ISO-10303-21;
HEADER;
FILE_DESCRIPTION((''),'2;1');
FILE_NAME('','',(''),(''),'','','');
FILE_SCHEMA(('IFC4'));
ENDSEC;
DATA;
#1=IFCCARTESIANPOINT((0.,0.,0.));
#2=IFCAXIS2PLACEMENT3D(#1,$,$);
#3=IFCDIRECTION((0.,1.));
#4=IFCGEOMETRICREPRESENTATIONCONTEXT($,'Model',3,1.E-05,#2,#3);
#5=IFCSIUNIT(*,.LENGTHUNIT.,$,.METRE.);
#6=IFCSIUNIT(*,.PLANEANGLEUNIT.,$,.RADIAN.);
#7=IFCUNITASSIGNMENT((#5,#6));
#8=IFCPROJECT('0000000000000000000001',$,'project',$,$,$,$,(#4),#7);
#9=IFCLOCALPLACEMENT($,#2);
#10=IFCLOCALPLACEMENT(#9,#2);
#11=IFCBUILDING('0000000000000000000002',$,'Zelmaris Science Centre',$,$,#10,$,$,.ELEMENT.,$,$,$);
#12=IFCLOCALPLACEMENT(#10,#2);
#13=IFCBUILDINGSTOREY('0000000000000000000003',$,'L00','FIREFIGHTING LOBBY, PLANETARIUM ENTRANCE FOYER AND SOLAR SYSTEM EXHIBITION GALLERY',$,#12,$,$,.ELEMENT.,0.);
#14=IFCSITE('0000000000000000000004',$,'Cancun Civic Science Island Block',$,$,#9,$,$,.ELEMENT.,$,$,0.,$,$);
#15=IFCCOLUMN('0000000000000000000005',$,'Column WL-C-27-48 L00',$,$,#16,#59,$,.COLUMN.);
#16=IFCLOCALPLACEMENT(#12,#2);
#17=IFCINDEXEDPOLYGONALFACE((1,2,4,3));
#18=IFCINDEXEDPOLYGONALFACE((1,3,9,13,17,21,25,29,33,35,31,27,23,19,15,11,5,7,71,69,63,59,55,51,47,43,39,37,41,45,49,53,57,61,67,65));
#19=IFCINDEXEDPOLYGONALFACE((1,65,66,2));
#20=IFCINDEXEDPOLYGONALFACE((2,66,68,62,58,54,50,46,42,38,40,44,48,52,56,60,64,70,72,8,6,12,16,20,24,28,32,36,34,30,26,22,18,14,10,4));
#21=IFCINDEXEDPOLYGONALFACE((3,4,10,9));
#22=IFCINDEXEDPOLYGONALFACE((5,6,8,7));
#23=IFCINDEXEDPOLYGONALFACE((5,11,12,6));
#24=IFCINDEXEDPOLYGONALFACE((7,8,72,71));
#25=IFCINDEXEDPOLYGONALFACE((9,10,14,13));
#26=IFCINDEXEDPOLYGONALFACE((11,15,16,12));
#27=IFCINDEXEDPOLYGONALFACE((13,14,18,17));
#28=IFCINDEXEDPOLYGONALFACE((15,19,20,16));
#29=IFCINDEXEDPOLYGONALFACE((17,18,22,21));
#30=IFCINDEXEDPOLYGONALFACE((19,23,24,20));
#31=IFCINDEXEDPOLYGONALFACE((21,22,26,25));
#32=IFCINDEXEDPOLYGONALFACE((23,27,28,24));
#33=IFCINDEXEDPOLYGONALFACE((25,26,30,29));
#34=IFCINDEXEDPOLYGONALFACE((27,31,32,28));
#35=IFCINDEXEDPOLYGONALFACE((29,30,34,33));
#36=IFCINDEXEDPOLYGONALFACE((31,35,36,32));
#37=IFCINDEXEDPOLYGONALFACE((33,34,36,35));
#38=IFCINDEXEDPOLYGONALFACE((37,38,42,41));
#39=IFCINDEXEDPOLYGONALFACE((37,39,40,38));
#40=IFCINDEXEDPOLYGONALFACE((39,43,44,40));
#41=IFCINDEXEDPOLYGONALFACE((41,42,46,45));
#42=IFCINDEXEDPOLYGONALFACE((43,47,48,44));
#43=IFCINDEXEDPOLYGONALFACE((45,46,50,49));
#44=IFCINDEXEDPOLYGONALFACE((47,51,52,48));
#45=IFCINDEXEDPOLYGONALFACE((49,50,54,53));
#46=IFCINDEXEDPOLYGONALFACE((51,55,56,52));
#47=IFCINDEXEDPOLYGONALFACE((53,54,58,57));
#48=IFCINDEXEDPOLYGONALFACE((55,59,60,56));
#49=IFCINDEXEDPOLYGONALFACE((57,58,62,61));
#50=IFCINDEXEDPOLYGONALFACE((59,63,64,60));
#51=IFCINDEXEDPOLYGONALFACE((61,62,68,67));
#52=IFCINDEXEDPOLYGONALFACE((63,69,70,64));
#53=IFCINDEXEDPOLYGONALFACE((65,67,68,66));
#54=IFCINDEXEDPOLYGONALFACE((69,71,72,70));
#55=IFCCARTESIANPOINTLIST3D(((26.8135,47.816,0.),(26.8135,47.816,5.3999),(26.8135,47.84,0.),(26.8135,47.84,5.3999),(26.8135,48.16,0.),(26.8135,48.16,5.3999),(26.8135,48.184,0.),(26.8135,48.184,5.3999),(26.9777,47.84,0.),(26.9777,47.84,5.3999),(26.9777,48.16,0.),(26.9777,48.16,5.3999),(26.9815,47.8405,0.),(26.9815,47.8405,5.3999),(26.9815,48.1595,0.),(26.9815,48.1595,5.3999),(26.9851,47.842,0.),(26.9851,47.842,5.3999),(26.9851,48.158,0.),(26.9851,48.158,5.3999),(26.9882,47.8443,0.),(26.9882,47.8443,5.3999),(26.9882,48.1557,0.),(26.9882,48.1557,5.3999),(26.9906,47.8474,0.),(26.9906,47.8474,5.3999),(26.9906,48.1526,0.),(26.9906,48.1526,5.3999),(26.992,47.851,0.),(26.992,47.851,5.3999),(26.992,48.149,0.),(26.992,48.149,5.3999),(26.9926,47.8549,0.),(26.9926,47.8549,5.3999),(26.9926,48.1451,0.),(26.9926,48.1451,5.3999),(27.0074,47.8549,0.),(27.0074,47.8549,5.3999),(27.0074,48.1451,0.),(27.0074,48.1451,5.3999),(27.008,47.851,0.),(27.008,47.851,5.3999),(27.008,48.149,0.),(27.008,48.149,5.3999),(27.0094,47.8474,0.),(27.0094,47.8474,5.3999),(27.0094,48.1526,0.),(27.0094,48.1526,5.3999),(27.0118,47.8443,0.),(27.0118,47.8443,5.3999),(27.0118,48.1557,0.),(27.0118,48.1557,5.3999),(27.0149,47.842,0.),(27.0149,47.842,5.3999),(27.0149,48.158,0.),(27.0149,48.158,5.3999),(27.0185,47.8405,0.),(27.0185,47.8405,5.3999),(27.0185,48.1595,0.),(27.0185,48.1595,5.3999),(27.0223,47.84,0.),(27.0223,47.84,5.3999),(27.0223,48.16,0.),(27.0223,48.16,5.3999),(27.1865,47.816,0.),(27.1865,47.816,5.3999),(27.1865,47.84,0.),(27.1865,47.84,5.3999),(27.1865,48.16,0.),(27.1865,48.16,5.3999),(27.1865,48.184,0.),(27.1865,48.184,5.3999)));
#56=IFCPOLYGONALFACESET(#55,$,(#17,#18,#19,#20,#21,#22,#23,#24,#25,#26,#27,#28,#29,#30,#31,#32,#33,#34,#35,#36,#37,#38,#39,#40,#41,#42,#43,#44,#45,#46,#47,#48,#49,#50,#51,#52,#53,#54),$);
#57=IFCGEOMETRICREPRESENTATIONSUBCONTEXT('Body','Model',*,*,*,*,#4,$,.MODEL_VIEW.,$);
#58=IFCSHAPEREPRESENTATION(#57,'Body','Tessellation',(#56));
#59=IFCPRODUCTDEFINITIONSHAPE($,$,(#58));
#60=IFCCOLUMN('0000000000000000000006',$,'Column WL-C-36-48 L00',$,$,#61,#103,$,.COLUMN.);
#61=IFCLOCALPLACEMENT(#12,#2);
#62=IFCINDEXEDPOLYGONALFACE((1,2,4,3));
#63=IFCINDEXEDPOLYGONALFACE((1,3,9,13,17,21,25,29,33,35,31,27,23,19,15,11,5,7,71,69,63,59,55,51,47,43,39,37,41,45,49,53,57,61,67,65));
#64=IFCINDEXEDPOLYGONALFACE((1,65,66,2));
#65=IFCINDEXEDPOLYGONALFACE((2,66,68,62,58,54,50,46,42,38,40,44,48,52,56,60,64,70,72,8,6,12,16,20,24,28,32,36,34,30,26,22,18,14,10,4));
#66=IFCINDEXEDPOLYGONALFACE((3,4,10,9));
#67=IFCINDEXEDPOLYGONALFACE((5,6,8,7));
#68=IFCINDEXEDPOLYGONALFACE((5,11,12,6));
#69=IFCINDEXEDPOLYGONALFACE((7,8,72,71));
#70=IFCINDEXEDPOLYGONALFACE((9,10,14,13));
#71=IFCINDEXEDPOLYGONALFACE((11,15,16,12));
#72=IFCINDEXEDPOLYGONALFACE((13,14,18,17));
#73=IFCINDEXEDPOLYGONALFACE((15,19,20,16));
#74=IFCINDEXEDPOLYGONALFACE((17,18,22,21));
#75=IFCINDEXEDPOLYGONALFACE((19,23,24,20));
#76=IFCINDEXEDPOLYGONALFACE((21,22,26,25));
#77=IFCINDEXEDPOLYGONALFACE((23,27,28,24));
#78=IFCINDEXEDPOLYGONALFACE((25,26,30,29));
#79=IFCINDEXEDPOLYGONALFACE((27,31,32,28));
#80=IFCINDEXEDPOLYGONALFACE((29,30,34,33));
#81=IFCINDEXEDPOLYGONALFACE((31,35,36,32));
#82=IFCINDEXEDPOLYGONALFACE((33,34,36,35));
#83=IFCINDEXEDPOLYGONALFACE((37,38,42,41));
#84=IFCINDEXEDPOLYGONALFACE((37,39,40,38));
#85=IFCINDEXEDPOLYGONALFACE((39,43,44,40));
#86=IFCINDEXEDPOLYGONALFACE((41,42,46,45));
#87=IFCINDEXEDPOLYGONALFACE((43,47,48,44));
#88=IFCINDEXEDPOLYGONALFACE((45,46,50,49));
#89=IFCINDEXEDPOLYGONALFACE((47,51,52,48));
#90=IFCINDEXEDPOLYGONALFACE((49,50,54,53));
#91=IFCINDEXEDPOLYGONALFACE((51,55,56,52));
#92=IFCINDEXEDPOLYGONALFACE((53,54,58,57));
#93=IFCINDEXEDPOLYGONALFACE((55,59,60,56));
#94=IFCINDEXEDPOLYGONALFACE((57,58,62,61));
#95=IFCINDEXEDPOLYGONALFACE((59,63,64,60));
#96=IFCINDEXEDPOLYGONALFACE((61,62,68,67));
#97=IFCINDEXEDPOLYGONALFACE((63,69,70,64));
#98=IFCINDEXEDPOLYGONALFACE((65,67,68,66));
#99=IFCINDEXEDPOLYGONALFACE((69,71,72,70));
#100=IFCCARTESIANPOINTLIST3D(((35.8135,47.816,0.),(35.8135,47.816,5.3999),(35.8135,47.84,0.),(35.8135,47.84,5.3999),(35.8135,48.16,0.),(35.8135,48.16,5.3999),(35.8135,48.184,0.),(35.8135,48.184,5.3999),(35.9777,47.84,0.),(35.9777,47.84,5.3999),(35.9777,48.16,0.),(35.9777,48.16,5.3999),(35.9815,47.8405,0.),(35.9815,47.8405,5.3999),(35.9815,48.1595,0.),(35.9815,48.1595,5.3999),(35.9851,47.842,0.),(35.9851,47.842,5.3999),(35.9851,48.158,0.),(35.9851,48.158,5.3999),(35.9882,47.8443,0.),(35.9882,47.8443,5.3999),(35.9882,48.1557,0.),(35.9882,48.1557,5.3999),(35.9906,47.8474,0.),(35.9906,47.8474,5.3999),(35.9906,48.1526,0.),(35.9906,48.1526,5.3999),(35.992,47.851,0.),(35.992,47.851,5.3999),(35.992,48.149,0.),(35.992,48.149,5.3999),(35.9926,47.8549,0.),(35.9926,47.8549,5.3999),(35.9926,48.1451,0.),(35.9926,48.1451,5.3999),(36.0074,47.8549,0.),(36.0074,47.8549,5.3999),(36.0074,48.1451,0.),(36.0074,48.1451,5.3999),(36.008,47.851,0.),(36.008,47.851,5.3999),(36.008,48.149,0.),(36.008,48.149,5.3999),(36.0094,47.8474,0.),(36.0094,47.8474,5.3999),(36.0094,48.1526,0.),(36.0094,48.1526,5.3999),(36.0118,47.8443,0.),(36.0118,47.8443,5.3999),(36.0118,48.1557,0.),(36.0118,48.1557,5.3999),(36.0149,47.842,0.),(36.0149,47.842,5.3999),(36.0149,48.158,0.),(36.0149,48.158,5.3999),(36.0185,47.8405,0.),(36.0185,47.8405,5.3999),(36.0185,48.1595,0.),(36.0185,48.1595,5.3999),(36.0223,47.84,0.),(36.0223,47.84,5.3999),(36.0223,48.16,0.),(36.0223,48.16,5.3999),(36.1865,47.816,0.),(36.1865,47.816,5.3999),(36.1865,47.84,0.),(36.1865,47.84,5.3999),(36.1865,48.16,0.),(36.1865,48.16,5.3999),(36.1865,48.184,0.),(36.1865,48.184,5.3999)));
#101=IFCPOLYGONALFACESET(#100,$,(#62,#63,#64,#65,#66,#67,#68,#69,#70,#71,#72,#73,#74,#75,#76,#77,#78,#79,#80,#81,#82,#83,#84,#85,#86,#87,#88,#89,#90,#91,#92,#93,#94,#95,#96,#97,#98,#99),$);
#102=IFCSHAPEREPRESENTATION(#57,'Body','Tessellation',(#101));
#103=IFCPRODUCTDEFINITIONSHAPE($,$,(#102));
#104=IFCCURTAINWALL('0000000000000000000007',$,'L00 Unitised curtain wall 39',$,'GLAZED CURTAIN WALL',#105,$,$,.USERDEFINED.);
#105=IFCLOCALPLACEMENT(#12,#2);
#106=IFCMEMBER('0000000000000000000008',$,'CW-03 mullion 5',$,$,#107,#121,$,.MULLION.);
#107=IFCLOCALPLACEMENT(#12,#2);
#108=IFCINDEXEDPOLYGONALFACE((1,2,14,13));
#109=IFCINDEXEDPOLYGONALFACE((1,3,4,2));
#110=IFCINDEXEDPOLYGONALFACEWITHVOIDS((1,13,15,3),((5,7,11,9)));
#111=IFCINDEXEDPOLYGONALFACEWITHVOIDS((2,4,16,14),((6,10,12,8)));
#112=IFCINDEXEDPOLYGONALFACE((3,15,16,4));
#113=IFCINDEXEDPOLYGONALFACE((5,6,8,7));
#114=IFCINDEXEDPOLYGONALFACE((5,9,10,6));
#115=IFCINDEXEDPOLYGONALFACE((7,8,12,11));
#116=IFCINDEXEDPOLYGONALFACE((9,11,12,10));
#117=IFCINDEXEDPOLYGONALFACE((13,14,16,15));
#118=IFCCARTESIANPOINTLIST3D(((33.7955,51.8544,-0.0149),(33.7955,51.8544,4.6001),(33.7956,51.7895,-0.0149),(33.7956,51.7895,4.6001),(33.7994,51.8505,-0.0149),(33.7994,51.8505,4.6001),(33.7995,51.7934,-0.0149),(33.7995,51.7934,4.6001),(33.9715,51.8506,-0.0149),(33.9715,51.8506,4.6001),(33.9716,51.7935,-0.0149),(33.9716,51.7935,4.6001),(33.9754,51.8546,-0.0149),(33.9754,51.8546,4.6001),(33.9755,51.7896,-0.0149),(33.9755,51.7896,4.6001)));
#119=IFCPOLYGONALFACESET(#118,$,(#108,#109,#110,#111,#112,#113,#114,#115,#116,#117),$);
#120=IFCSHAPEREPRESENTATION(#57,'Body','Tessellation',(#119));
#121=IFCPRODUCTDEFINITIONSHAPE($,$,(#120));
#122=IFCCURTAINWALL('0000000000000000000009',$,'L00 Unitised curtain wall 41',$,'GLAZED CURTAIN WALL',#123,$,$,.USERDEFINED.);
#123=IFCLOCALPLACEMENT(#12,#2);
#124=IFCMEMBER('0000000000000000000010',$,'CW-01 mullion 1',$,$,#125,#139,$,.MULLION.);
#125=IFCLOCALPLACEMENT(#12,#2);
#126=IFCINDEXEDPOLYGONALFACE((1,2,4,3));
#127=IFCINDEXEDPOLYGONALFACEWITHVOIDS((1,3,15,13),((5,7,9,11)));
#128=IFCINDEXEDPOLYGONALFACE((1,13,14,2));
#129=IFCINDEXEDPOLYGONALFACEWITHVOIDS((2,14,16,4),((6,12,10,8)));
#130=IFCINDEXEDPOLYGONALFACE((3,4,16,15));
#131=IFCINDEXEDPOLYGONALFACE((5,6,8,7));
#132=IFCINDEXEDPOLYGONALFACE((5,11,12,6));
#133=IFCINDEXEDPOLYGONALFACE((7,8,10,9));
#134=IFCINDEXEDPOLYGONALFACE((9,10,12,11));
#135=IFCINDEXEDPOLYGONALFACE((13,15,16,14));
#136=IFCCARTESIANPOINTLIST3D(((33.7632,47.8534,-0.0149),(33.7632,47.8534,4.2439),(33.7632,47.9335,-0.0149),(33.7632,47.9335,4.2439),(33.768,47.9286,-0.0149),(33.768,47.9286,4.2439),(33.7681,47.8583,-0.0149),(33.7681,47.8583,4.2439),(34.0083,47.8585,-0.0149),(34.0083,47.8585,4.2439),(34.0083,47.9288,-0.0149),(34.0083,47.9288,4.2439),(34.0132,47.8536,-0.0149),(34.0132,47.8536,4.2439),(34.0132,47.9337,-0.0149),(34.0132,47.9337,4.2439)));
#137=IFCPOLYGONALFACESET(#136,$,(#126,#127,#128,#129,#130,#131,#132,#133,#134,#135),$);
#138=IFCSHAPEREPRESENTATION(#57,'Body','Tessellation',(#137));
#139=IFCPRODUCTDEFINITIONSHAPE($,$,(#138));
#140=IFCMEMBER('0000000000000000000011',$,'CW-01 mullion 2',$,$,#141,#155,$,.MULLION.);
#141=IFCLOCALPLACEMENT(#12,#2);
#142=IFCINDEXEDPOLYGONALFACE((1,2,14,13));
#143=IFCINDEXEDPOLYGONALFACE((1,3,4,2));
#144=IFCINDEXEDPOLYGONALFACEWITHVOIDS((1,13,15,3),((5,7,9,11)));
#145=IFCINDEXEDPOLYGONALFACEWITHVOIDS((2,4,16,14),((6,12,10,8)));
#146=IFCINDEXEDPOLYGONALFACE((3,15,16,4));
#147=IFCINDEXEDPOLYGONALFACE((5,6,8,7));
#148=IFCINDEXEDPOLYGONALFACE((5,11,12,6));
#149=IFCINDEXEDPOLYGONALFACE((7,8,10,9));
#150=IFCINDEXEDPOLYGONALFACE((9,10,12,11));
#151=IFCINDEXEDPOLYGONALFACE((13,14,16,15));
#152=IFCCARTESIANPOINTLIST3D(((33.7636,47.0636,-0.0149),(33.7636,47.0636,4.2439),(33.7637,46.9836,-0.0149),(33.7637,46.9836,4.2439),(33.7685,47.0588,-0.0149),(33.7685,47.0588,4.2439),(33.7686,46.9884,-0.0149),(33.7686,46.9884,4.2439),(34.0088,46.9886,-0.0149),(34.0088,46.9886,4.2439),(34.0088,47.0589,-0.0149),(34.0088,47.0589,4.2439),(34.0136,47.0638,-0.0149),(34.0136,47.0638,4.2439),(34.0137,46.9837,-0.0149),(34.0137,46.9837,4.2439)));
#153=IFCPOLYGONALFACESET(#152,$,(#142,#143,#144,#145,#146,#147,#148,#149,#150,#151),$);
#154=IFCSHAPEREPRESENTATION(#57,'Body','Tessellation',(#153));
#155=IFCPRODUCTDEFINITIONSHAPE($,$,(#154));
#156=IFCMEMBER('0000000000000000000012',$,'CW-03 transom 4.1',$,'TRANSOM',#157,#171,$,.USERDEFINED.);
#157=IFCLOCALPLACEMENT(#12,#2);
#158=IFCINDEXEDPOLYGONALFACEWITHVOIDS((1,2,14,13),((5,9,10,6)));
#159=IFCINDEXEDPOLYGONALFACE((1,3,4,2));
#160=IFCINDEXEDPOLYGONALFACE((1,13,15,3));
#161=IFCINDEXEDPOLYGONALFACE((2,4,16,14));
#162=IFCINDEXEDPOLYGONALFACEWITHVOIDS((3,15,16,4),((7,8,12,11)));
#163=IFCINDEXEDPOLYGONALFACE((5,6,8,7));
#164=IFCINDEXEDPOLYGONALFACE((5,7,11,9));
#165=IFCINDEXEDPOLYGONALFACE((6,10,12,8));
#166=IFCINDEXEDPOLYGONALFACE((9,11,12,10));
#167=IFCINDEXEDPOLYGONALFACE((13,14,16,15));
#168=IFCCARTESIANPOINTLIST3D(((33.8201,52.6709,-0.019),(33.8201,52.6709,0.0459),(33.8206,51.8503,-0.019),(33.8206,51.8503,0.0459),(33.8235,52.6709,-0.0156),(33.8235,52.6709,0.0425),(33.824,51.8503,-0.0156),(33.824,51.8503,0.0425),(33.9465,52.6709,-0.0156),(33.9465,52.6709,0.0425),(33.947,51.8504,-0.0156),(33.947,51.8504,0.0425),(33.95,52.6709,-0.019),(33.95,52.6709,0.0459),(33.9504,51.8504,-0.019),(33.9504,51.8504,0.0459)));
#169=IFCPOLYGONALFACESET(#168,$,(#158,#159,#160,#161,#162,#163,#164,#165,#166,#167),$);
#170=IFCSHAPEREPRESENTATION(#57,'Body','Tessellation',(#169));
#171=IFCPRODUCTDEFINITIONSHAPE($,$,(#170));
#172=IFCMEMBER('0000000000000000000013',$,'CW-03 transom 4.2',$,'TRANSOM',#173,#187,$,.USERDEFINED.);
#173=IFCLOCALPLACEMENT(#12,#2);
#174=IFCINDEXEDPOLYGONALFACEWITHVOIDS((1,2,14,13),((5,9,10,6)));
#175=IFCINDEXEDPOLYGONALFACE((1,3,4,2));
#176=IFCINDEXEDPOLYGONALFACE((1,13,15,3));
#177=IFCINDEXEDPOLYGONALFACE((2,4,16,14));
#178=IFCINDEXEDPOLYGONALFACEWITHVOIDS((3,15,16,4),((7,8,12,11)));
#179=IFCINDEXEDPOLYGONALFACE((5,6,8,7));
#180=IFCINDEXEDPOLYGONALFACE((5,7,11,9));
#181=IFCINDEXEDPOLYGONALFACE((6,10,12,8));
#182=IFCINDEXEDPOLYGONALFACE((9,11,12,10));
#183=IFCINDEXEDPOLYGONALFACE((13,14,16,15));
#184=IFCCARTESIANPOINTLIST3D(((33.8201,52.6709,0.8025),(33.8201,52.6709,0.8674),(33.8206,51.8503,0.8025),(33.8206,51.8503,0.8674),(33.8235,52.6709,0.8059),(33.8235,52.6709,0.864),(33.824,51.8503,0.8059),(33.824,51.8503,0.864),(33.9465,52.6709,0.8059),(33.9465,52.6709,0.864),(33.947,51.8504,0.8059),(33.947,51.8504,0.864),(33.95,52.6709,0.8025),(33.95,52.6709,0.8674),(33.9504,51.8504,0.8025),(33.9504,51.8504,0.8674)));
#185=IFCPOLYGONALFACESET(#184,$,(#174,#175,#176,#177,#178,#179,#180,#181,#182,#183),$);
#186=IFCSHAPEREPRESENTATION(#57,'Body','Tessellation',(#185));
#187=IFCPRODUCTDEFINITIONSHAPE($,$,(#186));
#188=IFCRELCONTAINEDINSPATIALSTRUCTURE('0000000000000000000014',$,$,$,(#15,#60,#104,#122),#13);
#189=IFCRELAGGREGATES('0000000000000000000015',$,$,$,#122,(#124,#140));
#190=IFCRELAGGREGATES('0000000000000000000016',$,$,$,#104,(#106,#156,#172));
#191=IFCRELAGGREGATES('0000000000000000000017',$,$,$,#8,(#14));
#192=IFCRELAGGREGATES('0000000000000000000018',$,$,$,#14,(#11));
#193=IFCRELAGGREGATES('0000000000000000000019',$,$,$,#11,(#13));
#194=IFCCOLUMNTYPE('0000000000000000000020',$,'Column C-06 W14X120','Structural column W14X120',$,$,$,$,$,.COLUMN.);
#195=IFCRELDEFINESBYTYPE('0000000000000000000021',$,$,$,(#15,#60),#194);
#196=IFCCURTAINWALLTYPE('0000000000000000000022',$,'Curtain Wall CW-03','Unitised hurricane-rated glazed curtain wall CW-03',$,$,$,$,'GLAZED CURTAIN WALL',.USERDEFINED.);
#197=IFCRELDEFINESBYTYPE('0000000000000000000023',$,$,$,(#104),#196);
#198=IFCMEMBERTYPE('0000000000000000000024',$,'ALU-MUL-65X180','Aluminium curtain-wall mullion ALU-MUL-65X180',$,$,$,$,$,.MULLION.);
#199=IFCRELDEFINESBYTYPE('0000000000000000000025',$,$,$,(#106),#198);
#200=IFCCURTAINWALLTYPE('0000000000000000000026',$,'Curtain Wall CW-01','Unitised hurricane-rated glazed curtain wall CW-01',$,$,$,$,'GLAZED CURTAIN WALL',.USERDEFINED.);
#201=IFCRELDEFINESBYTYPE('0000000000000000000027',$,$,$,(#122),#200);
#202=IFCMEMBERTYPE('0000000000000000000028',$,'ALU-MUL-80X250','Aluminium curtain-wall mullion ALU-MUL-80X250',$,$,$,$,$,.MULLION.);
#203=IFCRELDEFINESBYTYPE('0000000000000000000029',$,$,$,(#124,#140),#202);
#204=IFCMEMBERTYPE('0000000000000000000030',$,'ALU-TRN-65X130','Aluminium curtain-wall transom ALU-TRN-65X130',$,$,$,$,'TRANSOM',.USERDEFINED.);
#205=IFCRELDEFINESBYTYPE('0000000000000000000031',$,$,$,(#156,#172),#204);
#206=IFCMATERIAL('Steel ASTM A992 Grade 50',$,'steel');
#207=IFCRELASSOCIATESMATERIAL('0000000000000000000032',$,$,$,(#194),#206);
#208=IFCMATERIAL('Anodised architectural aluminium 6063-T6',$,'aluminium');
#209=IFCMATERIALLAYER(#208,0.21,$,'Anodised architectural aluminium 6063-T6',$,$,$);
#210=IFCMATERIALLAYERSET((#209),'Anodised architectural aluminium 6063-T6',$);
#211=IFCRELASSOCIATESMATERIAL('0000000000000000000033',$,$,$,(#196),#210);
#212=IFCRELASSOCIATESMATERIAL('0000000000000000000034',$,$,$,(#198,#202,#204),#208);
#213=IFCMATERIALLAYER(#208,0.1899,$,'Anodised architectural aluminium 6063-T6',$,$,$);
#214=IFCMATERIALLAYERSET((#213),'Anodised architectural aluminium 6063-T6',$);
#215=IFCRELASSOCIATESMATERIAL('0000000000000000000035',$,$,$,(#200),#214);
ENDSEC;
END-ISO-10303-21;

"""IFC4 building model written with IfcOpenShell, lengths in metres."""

from ifc_helpers import new_model, si_unit, direction, frame, origin, origin_2d, place, context, subcontext, project, spatial, hollow_rectangle, i_section, extrude, material, layer, layer_set, material_profile, profile_set, type_object, element, aggregate, save


model = new_model("IFC4")

# Units and contexts
model_context = context("Model", 3, precision=1e-05, world=origin(), true_north=direction((0.0, 1.0)))
body_context = subcontext(model_context, "Body", "Model", "MODEL_VIEW")
ifc_project = project(units=[si_unit("LENGTHUNIT", "METRE"), si_unit("PLANEANGLEUNIT", "RADIAN")], contexts=[model_context])

# Site, building, storey
site_placement = place(None, origin())
site = spatial("IfcSite", under=ifc_project, at=site_placement, Name="Cancun Civic Science Island Block", CompositionType="ELEMENT", RefElevation=0.0)
building_placement = place(site_placement, origin())
building = spatial("IfcBuilding", under=site, at=building_placement, Name="Zelmaris Science Centre", CompositionType="ELEMENT")
storey_placement = place(building_placement, origin())
storey = spatial("IfcBuildingStorey", under=building, at=storey_placement, Name="L00", Description="FIREFIGHTING LOBBY, PLANETARIUM ENTRANCE FOYER AND SOLAR SYSTEM EXHIBITION GALLERY", CompositionType="ELEMENT", Elevation=0.0)

# Columns
ifc_material_1 = material(Name="Steel ASTM A992 Grade 50", Category="steel")
ifc_material_profile_1 = material_profile(ifc_material_1, i_section(OverallWidth=0.373, OverallDepth=0.3679, WebThickness=0.0149, FlangeThickness=0.0239, FilletRadius=0.0149, at=origin_2d()), Name="W14X120")
ifc_profile_set_1 = profile_set([ifc_material_profile_1], Name="Steel ASTM A992 Grade 50")
column_type = type_object("IfcColumnType", Name="Column C-06 W14X120", Description="Structural column W14X120", PredefinedType="COLUMN", material=ifc_profile_set_1)
for number, where, z_axis, x_axis, name in (
    (1, (27.0, 48.0, 0.0), (0.0, 0.0, 1.0), (1.0, 0.0, 0.0), "Column WL-C-27-48 L00"),
    (2, (36.0, 48.0, 0.0), (0.0, 0.0, 1.0), (1.0, 0.0, 0.0), "Column WL-C-36-48 L00"),
):
    element("IfcColumn", number, at=place(storey_placement, frame(where, z_axis=z_axis, x_axis=x_axis)), inside=storey, type_object=column_type, Name=name, PredefinedType="COLUMN", context=body_context, shape_type="SweptSolid", body=[
        extrude(i_section(OverallWidth=0.373, OverallDepth=0.3679, WebThickness=0.0149, FlangeThickness=0.0239, FilletRadius=0.0149, at=origin_2d()), origin(), (0.0, 0.0, 1.0), 5.3999),
    ])

# Curtain wall, member
ifc_material_2 = material(Name="Anodised architectural aluminium 6063-T6", Category="aluminium")
ifc_layer_1 = layer(ifc_material_2, 0.21, Name="Anodised architectural aluminium 6063-T6")
ifc_layer_set_1 = layer_set([ifc_layer_1], Name="Anodised architectural aluminium 6063-T6")
curtain_wall_type_1 = type_object("IfcCurtainWallType", Name="Curtain Wall CW-03", Description="Unitised hurricane-rated glazed curtain wall CW-03", ElementType="GLAZED CURTAIN WALL", PredefinedType="USERDEFINED", material=ifc_layer_set_1)
curtain_wall_1_placement = place(storey_placement, origin())
curtain_wall_1 = element("IfcCurtainWall", 3, at=curtain_wall_1_placement, inside=storey, type_object=curtain_wall_type_1, Name="L00 Unitised curtain wall 39", ObjectType="GLAZED CURTAIN WALL", PredefinedType="USERDEFINED")
ifc_material_profile_2 = material_profile(ifc_material_2, hollow_rectangle(XDim=0.0649, YDim=0.1799, WallThickness=0.0039, at=origin_2d()), Name="ALU-MUL-65X180")
ifc_profile_set_2 = profile_set([ifc_material_profile_2], Name="Anodised architectural aluminium 6063-T6")
member_type_1 = type_object("IfcMemberType", Name="ALU-MUL-65X180", Description="Aluminium curtain-wall mullion ALU-MUL-65X180", PredefinedType="MULLION", material=ifc_profile_set_2)
member_1_placement = place(storey_placement, frame((33.8855, 51.822, -0.0149), z_axis=(0.0, 0.0, 1.0), x_axis=(0.000693, -1.0, 0.0)))
member_1 = element("IfcMember", 4, at=member_1_placement, type_object=member_type_1, Name="CW-03 mullion 5", PredefinedType="MULLION", context=body_context, shape_type="SweptSolid", body=[
    extrude(hollow_rectangle(XDim=0.0649, YDim=0.1799, WallThickness=0.0039, at=origin_2d()), origin(), (0.0, 0.0, 1.0), 4.615),
])

# Curtain wall, members
ifc_layer_2 = layer(ifc_material_2, 0.1899, Name="Anodised architectural aluminium 6063-T6")
ifc_layer_set_2 = layer_set([ifc_layer_2], Name="Anodised architectural aluminium 6063-T6")
curtain_wall_type_2 = type_object("IfcCurtainWallType", Name="Curtain Wall CW-01", Description="Unitised hurricane-rated glazed curtain wall CW-01", ElementType="GLAZED CURTAIN WALL", PredefinedType="USERDEFINED", material=ifc_layer_set_2)
curtain_wall_2_placement = place(storey_placement, origin())
curtain_wall_2 = element("IfcCurtainWall", 5, at=curtain_wall_2_placement, inside=storey, type_object=curtain_wall_type_2, Name="L00 Unitised curtain wall 41", ObjectType="GLAZED CURTAIN WALL", PredefinedType="USERDEFINED")
ifc_material_profile_3 = material_profile(ifc_material_2, hollow_rectangle(XDim=0.0801, YDim=0.25, WallThickness=0.0049, at=origin_2d()), Name="ALU-MUL-80X250")
ifc_profile_set_3 = profile_set([ifc_material_profile_3], Name="Anodised architectural aluminium 6063-T6")
member_type_2 = type_object("IfcMemberType", Name="ALU-MUL-80X250", Description="Aluminium curtain-wall mullion ALU-MUL-80X250", PredefinedType="MULLION", material=ifc_profile_set_3)
member_2_placement = place(storey_placement, frame((33.8882, 47.8936, -0.0149), z_axis=(0.0, 0.0, 1.0), x_axis=(0.000693, -1.0, 0.0)))
member_2 = element("IfcMember", 6, at=member_2_placement, type_object=member_type_2, Name="CW-01 mullion 1", PredefinedType="MULLION", context=body_context, shape_type="SweptSolid", body=[
    extrude(hollow_rectangle(XDim=0.0801, YDim=0.25, WallThickness=0.0049, at=origin_2d()), origin(), (0.0, 0.0, 1.0), 4.2588),
])
member_3_placement = place(storey_placement, frame((33.8887, 47.0237, -0.0149), z_axis=(0.0, 0.0, 1.0), x_axis=(0.000693, -1.0, 0.0)))
member_3 = element("IfcMember", 7, at=member_3_placement, type_object=member_type_2, Name="CW-01 mullion 2", PredefinedType="MULLION", context=body_context, shape_type="SweptSolid", body=[
    extrude(hollow_rectangle(XDim=0.0801, YDim=0.25, WallThickness=0.0049, at=origin_2d()), origin(), (0.0, 0.0, 1.0), 4.2588),
])

# Members
ifc_material_profile_4 = material_profile(ifc_material_2, hollow_rectangle(XDim=0.0649, YDim=0.1299, WallThickness=0.0034, at=origin_2d()), Name="ALU-TRN-65X130")
ifc_profile_set_4 = profile_set([ifc_material_profile_4], Name="Anodised architectural aluminium 6063-T6")
member_type_3 = type_object("IfcMemberType", Name="ALU-TRN-65X130", Description="Aluminium curtain-wall transom ALU-TRN-65X130", ElementType="TRANSOM", PredefinedType="USERDEFINED", material=ifc_profile_set_4)
member_4_placement = place(storey_placement, frame((33.885, 52.6709, 0.0134), z_axis=(0.000595, -1.0, 0.0), x_axis=(0.0, 0.0, 1.0)))
member_4 = element("IfcMember", 8, at=member_4_placement, type_object=member_type_3, Name="CW-03 transom 4.1", ObjectType="TRANSOM", PredefinedType="USERDEFINED", context=body_context, shape_type="SweptSolid", body=[
    extrude(hollow_rectangle(XDim=0.0649, YDim=0.1299, WallThickness=0.0034, at=origin_2d()), origin(), (0.0, 0.0, 1.0), 0.8206),
])
member_5_placement = place(storey_placement, frame((33.885, 52.6709, 0.835), z_axis=(0.000595, -1.0, 0.0), x_axis=(0.0, 0.0, 1.0)))
member_5 = element("IfcMember", 9, at=member_5_placement, type_object=member_type_3, Name="CW-03 transom 4.2", ObjectType="TRANSOM", PredefinedType="USERDEFINED", context=body_context, shape_type="SweptSolid", body=[
    extrude(hollow_rectangle(XDim=0.0649, YDim=0.1299, WallThickness=0.0034, at=origin_2d()), origin(), (0.0, 0.0, 1.0), 0.8206),
])

aggregate(curtain_wall_2, [member_2, member_3])
aggregate(curtain_wall_1, [member_1, member_4, member_5])

save(model, "model.ifc")
